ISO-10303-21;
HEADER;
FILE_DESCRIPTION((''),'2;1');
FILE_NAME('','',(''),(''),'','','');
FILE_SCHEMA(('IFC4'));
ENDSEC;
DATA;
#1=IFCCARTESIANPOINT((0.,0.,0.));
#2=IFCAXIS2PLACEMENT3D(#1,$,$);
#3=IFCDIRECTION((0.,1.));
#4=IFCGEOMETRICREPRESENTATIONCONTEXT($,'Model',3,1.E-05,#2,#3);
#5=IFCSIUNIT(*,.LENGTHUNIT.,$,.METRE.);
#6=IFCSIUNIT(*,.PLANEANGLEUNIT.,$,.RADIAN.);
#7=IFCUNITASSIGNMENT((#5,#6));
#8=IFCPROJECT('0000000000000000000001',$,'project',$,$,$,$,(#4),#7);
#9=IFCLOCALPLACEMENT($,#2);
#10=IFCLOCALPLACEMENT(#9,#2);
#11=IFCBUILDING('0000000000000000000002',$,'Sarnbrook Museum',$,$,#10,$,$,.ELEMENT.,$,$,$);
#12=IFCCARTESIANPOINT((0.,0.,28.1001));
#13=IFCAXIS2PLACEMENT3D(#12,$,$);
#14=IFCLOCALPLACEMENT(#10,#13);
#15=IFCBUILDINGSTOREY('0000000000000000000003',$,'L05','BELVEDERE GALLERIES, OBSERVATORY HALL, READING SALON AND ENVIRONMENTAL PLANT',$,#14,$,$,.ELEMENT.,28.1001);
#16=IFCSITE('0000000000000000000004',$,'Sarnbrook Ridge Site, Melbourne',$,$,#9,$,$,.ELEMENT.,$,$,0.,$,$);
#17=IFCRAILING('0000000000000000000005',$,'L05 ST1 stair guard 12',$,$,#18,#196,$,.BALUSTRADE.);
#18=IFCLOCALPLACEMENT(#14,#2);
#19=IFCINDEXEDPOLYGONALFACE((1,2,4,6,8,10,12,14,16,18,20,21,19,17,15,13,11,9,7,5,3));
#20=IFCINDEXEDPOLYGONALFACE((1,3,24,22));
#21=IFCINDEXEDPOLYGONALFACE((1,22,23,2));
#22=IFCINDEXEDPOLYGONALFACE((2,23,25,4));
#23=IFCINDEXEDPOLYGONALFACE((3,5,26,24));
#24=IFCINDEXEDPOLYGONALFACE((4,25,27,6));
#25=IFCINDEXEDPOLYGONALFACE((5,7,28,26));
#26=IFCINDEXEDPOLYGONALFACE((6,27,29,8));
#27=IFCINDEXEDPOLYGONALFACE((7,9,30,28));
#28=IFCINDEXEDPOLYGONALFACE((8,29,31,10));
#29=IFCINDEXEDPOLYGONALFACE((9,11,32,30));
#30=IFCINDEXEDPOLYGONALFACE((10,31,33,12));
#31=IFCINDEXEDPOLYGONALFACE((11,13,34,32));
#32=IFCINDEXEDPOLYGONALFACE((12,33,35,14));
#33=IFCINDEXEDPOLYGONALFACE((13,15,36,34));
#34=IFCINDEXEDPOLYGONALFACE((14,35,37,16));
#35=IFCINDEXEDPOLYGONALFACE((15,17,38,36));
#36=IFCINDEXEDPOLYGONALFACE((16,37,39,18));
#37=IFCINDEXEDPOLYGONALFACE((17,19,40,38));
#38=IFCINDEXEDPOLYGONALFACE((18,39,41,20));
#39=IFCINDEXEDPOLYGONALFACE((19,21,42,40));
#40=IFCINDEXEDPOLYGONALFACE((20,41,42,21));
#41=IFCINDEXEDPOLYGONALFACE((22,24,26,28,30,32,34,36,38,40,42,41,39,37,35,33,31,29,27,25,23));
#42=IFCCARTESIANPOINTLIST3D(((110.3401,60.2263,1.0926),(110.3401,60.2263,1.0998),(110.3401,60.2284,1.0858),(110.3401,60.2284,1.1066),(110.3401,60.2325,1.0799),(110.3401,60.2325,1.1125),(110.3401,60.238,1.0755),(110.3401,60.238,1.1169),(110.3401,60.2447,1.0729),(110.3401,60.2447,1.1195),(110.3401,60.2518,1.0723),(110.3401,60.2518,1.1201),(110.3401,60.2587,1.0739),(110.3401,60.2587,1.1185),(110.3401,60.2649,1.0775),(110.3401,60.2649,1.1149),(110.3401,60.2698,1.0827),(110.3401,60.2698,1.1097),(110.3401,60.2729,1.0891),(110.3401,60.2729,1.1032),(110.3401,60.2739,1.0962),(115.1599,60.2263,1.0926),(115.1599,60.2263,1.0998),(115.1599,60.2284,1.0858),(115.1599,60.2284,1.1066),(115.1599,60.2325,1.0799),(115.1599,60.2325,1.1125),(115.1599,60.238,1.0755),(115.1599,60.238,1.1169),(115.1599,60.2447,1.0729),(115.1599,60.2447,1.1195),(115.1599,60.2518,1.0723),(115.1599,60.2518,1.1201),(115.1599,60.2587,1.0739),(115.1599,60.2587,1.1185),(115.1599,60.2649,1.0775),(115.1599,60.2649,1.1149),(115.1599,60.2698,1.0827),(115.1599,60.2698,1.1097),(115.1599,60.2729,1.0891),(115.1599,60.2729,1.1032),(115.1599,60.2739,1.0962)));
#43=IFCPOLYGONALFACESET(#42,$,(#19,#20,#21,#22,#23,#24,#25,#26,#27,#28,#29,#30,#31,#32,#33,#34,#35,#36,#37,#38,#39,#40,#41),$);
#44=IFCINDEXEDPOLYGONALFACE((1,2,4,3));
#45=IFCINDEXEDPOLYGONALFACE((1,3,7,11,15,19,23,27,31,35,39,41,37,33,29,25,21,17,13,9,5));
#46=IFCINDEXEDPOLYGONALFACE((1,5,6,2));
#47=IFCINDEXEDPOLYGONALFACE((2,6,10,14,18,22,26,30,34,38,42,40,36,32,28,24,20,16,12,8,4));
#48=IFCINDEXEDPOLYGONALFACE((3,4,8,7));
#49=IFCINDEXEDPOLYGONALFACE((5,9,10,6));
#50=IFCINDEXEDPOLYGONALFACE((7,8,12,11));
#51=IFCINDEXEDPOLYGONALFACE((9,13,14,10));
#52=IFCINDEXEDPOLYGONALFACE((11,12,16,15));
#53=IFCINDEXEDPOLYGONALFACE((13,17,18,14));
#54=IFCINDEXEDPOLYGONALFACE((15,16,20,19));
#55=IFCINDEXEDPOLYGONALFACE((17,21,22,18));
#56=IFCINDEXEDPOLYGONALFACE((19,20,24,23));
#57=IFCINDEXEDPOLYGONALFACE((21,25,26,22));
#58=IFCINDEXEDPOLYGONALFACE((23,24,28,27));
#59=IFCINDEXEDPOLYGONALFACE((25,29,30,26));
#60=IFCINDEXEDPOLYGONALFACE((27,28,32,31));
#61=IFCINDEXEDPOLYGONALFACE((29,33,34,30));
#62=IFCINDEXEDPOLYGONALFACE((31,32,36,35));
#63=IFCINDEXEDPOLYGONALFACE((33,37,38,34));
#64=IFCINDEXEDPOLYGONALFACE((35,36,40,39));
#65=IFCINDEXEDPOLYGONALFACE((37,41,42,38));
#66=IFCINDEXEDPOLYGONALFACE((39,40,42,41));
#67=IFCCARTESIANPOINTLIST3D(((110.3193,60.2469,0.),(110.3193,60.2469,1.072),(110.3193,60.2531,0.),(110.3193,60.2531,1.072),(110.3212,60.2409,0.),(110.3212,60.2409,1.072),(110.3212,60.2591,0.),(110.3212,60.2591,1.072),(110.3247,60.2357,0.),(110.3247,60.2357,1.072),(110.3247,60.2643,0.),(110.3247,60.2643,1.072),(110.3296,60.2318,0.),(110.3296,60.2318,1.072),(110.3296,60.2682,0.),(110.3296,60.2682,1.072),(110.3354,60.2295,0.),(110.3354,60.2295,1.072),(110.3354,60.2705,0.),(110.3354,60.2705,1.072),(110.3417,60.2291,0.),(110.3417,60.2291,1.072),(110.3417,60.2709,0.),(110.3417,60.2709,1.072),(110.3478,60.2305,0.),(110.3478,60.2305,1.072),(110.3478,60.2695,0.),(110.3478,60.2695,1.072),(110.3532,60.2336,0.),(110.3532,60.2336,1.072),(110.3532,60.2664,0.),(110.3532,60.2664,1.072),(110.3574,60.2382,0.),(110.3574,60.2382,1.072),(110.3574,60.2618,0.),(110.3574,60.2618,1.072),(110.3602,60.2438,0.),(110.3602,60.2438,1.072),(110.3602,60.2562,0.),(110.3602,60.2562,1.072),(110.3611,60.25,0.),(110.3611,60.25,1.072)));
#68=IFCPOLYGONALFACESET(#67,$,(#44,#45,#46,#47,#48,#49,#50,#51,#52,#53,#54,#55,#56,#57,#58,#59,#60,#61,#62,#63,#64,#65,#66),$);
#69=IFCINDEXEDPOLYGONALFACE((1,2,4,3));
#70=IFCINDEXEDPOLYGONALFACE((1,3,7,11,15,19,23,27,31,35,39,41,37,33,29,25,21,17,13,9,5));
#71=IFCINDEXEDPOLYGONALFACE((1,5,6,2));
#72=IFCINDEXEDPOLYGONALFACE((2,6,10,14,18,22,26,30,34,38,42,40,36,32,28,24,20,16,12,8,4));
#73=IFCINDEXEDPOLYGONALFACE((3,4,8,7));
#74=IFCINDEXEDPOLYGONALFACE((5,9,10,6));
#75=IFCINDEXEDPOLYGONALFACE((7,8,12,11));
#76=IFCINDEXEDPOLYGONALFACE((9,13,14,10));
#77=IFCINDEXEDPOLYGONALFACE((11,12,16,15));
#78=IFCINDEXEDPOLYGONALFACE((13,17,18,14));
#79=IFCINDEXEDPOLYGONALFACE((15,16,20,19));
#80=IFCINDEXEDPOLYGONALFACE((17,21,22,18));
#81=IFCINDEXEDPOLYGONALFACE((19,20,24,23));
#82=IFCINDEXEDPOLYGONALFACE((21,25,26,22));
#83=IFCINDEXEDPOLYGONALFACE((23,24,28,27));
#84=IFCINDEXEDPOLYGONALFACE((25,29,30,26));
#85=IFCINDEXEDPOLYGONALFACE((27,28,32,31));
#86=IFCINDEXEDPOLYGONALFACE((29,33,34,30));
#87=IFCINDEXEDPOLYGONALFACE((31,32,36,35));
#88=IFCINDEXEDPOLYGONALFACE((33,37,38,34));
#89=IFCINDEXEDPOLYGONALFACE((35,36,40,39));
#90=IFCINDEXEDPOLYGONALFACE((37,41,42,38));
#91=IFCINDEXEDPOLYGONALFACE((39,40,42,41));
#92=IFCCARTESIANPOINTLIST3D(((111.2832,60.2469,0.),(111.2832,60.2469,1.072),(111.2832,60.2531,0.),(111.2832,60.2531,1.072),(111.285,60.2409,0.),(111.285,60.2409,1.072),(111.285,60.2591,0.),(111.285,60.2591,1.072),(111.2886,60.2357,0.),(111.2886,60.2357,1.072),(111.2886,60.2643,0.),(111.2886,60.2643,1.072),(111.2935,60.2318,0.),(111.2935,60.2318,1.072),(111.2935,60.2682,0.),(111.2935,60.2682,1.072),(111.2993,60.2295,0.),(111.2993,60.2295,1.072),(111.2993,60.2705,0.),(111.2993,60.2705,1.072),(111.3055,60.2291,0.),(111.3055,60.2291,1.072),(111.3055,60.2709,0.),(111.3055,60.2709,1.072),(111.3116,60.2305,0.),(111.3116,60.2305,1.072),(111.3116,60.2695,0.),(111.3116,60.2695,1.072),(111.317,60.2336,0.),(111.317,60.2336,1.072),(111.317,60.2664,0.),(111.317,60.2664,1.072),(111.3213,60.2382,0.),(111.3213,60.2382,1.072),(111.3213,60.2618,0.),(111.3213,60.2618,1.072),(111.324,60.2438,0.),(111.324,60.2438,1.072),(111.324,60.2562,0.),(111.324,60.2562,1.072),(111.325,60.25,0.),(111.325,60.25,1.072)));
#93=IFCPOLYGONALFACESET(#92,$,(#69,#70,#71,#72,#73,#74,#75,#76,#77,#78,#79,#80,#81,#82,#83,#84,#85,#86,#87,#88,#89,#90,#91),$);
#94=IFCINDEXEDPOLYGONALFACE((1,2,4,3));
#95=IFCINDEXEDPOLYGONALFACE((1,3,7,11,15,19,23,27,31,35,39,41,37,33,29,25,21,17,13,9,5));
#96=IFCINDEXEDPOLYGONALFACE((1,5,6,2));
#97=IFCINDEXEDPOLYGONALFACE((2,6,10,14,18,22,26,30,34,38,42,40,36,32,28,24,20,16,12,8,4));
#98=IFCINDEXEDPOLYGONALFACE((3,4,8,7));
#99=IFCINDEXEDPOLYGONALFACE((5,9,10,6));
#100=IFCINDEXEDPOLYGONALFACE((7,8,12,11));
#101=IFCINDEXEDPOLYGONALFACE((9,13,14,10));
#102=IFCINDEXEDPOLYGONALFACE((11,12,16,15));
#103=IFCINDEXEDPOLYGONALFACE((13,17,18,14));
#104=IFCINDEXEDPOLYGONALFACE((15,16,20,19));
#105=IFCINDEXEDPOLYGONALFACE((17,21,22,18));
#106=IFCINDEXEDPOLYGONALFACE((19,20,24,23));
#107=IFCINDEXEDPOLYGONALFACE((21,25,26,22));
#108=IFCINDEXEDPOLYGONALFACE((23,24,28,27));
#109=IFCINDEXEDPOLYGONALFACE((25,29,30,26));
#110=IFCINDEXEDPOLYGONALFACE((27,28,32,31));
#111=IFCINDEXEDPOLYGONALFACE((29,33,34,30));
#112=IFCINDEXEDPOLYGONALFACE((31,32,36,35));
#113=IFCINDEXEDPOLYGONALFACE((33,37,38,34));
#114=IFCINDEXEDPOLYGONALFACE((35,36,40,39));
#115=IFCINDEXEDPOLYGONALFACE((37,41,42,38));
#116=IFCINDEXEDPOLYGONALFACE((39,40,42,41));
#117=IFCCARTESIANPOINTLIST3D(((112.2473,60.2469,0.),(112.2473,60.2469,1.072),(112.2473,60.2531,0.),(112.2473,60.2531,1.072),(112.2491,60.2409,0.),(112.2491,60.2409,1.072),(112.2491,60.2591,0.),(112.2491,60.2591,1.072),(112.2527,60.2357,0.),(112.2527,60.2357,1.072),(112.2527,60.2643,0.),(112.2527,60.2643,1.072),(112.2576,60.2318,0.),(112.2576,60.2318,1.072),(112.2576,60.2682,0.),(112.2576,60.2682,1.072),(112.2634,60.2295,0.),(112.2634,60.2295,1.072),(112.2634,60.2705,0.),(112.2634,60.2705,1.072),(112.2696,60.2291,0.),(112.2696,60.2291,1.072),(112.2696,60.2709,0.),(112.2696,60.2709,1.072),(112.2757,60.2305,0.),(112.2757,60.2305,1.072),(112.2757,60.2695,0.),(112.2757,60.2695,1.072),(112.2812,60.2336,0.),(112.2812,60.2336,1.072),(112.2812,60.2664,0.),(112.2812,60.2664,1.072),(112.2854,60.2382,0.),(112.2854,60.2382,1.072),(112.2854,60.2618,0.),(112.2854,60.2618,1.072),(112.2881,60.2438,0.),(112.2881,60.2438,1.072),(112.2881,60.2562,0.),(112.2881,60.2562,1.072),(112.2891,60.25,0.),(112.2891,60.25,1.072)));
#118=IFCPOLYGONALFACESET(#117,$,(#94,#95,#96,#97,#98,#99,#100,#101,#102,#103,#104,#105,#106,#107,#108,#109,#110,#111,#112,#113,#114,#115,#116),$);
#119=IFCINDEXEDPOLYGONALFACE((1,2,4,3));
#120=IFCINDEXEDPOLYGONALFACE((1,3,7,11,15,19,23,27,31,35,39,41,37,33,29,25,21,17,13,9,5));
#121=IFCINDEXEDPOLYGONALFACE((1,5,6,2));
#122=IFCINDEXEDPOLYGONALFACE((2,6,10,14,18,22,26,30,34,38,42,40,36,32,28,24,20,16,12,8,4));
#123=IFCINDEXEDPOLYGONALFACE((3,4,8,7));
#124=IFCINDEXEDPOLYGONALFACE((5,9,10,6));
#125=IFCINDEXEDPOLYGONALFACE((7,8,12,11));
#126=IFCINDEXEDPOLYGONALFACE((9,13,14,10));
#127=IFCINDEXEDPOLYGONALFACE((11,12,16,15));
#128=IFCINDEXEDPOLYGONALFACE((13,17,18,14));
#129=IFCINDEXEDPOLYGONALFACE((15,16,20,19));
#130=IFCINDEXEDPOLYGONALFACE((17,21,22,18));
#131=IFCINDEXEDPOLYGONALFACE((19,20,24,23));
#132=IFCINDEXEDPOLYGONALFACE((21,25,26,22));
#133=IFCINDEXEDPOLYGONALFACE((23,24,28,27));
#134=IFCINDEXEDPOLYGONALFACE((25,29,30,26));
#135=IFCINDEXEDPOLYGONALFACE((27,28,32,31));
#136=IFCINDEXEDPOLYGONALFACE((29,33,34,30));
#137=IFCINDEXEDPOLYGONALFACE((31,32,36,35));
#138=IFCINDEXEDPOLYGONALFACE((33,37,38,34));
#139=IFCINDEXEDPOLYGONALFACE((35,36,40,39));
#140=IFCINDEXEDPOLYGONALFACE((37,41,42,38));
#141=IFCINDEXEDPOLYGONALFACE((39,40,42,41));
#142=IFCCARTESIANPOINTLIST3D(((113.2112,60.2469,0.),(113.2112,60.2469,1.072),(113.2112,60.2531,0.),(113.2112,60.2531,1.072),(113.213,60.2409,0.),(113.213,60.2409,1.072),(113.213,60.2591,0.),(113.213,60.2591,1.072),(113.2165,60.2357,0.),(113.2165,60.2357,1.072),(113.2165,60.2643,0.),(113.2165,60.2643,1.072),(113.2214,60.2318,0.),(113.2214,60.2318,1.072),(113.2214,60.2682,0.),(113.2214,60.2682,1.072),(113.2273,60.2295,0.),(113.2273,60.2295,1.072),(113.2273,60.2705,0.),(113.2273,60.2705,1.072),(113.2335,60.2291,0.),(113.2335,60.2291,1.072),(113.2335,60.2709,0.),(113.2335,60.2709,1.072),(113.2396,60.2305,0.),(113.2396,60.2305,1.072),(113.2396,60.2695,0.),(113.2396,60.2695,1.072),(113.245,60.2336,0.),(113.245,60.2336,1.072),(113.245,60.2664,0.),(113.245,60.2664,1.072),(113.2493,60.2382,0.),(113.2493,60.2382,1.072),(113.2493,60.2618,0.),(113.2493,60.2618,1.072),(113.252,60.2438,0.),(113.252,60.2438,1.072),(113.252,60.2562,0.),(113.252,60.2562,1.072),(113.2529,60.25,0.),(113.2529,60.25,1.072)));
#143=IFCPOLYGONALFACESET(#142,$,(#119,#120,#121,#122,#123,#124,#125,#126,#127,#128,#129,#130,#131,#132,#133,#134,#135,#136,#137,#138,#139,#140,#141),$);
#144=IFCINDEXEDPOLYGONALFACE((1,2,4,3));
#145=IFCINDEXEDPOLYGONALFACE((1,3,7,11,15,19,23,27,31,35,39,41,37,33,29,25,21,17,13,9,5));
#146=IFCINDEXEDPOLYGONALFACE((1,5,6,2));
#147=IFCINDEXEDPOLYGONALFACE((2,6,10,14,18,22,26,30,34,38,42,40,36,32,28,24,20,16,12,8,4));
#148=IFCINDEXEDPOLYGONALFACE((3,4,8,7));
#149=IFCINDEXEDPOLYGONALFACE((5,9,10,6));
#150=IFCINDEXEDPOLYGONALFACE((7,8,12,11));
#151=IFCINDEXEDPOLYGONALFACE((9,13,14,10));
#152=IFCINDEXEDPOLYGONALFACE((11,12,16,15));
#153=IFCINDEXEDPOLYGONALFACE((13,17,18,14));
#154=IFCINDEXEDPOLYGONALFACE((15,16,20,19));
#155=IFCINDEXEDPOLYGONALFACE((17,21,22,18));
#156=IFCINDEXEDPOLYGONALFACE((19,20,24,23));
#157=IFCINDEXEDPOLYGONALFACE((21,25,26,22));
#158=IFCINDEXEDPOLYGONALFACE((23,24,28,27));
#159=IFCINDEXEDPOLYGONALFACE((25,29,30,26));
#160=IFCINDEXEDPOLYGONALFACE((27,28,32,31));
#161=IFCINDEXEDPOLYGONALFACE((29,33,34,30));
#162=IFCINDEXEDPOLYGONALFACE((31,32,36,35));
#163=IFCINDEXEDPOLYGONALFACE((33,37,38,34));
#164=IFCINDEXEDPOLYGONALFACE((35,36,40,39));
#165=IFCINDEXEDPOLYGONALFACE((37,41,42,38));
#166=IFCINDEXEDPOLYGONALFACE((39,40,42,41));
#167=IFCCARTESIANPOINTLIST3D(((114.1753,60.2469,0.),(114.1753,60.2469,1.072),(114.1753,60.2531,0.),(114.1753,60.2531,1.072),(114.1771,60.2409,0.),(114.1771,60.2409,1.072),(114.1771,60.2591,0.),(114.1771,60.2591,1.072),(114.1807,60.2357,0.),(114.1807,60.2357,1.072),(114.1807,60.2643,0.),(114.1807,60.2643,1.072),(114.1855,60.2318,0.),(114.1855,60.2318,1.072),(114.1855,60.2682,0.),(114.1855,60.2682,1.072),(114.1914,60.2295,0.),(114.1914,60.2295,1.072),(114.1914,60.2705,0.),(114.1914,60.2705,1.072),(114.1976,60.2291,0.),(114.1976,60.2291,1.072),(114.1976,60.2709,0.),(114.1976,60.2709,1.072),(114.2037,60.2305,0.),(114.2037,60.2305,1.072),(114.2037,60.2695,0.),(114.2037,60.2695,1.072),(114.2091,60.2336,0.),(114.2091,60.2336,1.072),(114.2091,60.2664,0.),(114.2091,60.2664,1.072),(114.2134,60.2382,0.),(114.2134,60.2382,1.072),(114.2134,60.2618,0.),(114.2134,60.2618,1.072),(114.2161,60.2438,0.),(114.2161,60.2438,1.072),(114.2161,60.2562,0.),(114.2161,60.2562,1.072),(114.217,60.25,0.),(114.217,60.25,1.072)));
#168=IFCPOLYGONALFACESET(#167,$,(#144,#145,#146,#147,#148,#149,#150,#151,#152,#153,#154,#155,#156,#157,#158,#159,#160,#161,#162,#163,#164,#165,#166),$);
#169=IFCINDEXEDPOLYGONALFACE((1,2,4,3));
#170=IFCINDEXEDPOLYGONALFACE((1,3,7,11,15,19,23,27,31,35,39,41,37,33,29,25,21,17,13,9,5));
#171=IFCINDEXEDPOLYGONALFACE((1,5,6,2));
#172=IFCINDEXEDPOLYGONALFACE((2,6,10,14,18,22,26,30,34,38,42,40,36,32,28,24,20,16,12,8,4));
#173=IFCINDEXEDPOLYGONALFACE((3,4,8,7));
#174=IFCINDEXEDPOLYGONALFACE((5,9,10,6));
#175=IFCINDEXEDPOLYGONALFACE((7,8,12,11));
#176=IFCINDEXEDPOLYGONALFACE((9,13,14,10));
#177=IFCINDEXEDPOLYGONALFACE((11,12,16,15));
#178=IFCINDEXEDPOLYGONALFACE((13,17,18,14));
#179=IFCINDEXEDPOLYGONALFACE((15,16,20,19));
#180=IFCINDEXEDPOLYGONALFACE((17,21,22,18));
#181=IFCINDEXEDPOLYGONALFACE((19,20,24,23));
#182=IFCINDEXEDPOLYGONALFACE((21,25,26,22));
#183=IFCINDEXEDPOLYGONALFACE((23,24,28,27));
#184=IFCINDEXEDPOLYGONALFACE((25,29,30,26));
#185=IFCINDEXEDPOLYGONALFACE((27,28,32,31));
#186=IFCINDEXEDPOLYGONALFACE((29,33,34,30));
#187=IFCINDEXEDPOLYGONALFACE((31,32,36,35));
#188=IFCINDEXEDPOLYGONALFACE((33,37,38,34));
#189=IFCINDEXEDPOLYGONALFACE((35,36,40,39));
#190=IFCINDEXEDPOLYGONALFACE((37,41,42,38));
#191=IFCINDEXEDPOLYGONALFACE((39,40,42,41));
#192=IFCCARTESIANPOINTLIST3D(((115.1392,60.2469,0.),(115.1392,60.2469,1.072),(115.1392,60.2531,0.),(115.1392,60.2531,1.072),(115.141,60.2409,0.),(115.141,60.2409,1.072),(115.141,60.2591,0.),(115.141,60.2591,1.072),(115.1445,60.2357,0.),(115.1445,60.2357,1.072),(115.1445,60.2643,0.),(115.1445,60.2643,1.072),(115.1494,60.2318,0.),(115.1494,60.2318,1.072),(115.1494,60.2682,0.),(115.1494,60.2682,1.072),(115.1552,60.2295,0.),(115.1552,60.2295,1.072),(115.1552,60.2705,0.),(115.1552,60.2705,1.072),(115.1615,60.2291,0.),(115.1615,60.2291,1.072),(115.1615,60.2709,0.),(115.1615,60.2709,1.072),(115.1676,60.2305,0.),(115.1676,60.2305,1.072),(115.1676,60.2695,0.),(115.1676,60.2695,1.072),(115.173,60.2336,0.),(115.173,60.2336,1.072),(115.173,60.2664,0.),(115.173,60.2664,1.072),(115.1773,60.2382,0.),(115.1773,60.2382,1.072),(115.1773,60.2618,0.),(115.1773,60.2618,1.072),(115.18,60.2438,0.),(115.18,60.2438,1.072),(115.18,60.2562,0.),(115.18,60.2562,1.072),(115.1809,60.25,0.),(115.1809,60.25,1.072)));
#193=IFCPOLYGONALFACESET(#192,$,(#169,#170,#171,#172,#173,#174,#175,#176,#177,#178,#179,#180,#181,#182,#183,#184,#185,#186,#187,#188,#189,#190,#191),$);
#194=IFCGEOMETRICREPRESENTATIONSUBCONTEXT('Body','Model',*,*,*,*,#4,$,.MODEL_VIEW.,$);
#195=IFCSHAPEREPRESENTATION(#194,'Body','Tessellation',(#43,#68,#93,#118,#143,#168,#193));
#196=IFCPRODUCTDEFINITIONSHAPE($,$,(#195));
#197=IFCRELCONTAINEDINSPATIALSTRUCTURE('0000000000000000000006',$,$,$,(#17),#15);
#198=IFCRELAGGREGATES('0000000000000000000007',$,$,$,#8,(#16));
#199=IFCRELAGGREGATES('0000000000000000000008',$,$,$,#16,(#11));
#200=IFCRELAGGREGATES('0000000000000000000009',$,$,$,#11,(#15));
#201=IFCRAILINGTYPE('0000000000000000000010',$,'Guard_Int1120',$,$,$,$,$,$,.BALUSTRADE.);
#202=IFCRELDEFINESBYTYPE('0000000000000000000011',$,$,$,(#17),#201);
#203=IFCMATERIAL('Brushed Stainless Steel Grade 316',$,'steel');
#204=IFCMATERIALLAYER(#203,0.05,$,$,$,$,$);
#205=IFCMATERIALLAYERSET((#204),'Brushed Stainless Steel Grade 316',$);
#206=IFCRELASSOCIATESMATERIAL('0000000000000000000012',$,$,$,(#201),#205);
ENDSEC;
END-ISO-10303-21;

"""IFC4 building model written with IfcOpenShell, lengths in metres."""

from ifc_helpers import new_model, si_unit, direction, frame, origin, origin_2d, place, context, subcontext, project, spatial, circle, extrude, material, layer, layer_set, type_object, element, save


model = new_model("IFC4")

# Units and contexts
model_context = context("Model", 3, precision=1e-05, world=origin(), true_north=direction((0.0, 1.0)))
body_context = subcontext(model_context, "Body", "Model", "MODEL_VIEW")
ifc_project = project(units=[si_unit("LENGTHUNIT", "METRE"), si_unit("PLANEANGLEUNIT", "RADIAN")], contexts=[model_context])

# Site, building, storey
site_placement = place(None, origin())
site = spatial("IfcSite", under=ifc_project, at=site_placement, Name="Sarnbrook Ridge Site, Melbourne", CompositionType="ELEMENT", RefElevation=0.0)
building_placement = place(site_placement, origin())
building = spatial("IfcBuilding", under=site, at=building_placement, Name="Sarnbrook Museum", CompositionType="ELEMENT")
storey_placement = place(building_placement, frame((0.0, 0.0, 28.1001)))
storey = spatial("IfcBuildingStorey", under=building, at=storey_placement, Name="L05", Description="BELVEDERE GALLERIES, OBSERVATORY HALL, READING SALON AND ENVIRONMENTAL PLANT", CompositionType="ELEMENT", Elevation=28.1001)

# Shared definitions
ifc_material_1 = material(Name="Brushed Stainless Steel Grade 316", Category="steel")

# Railing
ifc_layer_1 = layer(ifc_material_1, 0.05)
ifc_layer_set_1 = layer_set([ifc_layer_1], Name="Brushed Stainless Steel Grade 316")
railing_type_1 = type_object("IfcRailingType", Name="Guard_Int1120", PredefinedType="BALUSTRADE", material=ifc_layer_set_1)
railing_1_placement = place(storey_placement, frame((110.3401, 60.25, 0.0)))
element("IfcRailing", 1, at=railing_1_placement, inside=storey, type_object=railing_type_1, Name="L05 ST1 stair guard 12", PredefinedType="BALUSTRADE", context=body_context, shape_type="SweptSolid", body=[
    extrude(circle(Radius=0.0239, at=origin_2d()), frame((0.0, 0.0, 1.0962), z_axis=(1.0, 0.0, 0.0), x_axis=(0.0, 1.0, 0.0)), (0.0, 0.0, 1.0), 4.8198),
    extrude(circle(Radius=0.021, at=origin_2d()), origin(), (0.0, 0.0, 1.0), 1.072),
    extrude(circle(Radius=0.021, at=origin_2d()), frame((0.9639, 0.0, 0.0)), (0.0, 0.0, 1.0), 1.072),
    extrude(circle(Radius=0.021, at=origin_2d()), frame((1.928, 0.0, 0.0)), (0.0, 0.0, 1.0), 1.072),
    extrude(circle(Radius=0.021, at=origin_2d()), frame((2.8918, 0.0, 0.0)), (0.0, 0.0, 1.0), 1.072),
    extrude(circle(Radius=0.021, at=origin_2d()), frame((3.856, 0.0, 0.0)), (0.0, 0.0, 1.0), 1.072),
    extrude(circle(Radius=0.021, at=origin_2d()), frame((4.8198, 0.0, 0.0)), (0.0, 0.0, 1.0), 1.072),
])

save(model, "model.ifc")
